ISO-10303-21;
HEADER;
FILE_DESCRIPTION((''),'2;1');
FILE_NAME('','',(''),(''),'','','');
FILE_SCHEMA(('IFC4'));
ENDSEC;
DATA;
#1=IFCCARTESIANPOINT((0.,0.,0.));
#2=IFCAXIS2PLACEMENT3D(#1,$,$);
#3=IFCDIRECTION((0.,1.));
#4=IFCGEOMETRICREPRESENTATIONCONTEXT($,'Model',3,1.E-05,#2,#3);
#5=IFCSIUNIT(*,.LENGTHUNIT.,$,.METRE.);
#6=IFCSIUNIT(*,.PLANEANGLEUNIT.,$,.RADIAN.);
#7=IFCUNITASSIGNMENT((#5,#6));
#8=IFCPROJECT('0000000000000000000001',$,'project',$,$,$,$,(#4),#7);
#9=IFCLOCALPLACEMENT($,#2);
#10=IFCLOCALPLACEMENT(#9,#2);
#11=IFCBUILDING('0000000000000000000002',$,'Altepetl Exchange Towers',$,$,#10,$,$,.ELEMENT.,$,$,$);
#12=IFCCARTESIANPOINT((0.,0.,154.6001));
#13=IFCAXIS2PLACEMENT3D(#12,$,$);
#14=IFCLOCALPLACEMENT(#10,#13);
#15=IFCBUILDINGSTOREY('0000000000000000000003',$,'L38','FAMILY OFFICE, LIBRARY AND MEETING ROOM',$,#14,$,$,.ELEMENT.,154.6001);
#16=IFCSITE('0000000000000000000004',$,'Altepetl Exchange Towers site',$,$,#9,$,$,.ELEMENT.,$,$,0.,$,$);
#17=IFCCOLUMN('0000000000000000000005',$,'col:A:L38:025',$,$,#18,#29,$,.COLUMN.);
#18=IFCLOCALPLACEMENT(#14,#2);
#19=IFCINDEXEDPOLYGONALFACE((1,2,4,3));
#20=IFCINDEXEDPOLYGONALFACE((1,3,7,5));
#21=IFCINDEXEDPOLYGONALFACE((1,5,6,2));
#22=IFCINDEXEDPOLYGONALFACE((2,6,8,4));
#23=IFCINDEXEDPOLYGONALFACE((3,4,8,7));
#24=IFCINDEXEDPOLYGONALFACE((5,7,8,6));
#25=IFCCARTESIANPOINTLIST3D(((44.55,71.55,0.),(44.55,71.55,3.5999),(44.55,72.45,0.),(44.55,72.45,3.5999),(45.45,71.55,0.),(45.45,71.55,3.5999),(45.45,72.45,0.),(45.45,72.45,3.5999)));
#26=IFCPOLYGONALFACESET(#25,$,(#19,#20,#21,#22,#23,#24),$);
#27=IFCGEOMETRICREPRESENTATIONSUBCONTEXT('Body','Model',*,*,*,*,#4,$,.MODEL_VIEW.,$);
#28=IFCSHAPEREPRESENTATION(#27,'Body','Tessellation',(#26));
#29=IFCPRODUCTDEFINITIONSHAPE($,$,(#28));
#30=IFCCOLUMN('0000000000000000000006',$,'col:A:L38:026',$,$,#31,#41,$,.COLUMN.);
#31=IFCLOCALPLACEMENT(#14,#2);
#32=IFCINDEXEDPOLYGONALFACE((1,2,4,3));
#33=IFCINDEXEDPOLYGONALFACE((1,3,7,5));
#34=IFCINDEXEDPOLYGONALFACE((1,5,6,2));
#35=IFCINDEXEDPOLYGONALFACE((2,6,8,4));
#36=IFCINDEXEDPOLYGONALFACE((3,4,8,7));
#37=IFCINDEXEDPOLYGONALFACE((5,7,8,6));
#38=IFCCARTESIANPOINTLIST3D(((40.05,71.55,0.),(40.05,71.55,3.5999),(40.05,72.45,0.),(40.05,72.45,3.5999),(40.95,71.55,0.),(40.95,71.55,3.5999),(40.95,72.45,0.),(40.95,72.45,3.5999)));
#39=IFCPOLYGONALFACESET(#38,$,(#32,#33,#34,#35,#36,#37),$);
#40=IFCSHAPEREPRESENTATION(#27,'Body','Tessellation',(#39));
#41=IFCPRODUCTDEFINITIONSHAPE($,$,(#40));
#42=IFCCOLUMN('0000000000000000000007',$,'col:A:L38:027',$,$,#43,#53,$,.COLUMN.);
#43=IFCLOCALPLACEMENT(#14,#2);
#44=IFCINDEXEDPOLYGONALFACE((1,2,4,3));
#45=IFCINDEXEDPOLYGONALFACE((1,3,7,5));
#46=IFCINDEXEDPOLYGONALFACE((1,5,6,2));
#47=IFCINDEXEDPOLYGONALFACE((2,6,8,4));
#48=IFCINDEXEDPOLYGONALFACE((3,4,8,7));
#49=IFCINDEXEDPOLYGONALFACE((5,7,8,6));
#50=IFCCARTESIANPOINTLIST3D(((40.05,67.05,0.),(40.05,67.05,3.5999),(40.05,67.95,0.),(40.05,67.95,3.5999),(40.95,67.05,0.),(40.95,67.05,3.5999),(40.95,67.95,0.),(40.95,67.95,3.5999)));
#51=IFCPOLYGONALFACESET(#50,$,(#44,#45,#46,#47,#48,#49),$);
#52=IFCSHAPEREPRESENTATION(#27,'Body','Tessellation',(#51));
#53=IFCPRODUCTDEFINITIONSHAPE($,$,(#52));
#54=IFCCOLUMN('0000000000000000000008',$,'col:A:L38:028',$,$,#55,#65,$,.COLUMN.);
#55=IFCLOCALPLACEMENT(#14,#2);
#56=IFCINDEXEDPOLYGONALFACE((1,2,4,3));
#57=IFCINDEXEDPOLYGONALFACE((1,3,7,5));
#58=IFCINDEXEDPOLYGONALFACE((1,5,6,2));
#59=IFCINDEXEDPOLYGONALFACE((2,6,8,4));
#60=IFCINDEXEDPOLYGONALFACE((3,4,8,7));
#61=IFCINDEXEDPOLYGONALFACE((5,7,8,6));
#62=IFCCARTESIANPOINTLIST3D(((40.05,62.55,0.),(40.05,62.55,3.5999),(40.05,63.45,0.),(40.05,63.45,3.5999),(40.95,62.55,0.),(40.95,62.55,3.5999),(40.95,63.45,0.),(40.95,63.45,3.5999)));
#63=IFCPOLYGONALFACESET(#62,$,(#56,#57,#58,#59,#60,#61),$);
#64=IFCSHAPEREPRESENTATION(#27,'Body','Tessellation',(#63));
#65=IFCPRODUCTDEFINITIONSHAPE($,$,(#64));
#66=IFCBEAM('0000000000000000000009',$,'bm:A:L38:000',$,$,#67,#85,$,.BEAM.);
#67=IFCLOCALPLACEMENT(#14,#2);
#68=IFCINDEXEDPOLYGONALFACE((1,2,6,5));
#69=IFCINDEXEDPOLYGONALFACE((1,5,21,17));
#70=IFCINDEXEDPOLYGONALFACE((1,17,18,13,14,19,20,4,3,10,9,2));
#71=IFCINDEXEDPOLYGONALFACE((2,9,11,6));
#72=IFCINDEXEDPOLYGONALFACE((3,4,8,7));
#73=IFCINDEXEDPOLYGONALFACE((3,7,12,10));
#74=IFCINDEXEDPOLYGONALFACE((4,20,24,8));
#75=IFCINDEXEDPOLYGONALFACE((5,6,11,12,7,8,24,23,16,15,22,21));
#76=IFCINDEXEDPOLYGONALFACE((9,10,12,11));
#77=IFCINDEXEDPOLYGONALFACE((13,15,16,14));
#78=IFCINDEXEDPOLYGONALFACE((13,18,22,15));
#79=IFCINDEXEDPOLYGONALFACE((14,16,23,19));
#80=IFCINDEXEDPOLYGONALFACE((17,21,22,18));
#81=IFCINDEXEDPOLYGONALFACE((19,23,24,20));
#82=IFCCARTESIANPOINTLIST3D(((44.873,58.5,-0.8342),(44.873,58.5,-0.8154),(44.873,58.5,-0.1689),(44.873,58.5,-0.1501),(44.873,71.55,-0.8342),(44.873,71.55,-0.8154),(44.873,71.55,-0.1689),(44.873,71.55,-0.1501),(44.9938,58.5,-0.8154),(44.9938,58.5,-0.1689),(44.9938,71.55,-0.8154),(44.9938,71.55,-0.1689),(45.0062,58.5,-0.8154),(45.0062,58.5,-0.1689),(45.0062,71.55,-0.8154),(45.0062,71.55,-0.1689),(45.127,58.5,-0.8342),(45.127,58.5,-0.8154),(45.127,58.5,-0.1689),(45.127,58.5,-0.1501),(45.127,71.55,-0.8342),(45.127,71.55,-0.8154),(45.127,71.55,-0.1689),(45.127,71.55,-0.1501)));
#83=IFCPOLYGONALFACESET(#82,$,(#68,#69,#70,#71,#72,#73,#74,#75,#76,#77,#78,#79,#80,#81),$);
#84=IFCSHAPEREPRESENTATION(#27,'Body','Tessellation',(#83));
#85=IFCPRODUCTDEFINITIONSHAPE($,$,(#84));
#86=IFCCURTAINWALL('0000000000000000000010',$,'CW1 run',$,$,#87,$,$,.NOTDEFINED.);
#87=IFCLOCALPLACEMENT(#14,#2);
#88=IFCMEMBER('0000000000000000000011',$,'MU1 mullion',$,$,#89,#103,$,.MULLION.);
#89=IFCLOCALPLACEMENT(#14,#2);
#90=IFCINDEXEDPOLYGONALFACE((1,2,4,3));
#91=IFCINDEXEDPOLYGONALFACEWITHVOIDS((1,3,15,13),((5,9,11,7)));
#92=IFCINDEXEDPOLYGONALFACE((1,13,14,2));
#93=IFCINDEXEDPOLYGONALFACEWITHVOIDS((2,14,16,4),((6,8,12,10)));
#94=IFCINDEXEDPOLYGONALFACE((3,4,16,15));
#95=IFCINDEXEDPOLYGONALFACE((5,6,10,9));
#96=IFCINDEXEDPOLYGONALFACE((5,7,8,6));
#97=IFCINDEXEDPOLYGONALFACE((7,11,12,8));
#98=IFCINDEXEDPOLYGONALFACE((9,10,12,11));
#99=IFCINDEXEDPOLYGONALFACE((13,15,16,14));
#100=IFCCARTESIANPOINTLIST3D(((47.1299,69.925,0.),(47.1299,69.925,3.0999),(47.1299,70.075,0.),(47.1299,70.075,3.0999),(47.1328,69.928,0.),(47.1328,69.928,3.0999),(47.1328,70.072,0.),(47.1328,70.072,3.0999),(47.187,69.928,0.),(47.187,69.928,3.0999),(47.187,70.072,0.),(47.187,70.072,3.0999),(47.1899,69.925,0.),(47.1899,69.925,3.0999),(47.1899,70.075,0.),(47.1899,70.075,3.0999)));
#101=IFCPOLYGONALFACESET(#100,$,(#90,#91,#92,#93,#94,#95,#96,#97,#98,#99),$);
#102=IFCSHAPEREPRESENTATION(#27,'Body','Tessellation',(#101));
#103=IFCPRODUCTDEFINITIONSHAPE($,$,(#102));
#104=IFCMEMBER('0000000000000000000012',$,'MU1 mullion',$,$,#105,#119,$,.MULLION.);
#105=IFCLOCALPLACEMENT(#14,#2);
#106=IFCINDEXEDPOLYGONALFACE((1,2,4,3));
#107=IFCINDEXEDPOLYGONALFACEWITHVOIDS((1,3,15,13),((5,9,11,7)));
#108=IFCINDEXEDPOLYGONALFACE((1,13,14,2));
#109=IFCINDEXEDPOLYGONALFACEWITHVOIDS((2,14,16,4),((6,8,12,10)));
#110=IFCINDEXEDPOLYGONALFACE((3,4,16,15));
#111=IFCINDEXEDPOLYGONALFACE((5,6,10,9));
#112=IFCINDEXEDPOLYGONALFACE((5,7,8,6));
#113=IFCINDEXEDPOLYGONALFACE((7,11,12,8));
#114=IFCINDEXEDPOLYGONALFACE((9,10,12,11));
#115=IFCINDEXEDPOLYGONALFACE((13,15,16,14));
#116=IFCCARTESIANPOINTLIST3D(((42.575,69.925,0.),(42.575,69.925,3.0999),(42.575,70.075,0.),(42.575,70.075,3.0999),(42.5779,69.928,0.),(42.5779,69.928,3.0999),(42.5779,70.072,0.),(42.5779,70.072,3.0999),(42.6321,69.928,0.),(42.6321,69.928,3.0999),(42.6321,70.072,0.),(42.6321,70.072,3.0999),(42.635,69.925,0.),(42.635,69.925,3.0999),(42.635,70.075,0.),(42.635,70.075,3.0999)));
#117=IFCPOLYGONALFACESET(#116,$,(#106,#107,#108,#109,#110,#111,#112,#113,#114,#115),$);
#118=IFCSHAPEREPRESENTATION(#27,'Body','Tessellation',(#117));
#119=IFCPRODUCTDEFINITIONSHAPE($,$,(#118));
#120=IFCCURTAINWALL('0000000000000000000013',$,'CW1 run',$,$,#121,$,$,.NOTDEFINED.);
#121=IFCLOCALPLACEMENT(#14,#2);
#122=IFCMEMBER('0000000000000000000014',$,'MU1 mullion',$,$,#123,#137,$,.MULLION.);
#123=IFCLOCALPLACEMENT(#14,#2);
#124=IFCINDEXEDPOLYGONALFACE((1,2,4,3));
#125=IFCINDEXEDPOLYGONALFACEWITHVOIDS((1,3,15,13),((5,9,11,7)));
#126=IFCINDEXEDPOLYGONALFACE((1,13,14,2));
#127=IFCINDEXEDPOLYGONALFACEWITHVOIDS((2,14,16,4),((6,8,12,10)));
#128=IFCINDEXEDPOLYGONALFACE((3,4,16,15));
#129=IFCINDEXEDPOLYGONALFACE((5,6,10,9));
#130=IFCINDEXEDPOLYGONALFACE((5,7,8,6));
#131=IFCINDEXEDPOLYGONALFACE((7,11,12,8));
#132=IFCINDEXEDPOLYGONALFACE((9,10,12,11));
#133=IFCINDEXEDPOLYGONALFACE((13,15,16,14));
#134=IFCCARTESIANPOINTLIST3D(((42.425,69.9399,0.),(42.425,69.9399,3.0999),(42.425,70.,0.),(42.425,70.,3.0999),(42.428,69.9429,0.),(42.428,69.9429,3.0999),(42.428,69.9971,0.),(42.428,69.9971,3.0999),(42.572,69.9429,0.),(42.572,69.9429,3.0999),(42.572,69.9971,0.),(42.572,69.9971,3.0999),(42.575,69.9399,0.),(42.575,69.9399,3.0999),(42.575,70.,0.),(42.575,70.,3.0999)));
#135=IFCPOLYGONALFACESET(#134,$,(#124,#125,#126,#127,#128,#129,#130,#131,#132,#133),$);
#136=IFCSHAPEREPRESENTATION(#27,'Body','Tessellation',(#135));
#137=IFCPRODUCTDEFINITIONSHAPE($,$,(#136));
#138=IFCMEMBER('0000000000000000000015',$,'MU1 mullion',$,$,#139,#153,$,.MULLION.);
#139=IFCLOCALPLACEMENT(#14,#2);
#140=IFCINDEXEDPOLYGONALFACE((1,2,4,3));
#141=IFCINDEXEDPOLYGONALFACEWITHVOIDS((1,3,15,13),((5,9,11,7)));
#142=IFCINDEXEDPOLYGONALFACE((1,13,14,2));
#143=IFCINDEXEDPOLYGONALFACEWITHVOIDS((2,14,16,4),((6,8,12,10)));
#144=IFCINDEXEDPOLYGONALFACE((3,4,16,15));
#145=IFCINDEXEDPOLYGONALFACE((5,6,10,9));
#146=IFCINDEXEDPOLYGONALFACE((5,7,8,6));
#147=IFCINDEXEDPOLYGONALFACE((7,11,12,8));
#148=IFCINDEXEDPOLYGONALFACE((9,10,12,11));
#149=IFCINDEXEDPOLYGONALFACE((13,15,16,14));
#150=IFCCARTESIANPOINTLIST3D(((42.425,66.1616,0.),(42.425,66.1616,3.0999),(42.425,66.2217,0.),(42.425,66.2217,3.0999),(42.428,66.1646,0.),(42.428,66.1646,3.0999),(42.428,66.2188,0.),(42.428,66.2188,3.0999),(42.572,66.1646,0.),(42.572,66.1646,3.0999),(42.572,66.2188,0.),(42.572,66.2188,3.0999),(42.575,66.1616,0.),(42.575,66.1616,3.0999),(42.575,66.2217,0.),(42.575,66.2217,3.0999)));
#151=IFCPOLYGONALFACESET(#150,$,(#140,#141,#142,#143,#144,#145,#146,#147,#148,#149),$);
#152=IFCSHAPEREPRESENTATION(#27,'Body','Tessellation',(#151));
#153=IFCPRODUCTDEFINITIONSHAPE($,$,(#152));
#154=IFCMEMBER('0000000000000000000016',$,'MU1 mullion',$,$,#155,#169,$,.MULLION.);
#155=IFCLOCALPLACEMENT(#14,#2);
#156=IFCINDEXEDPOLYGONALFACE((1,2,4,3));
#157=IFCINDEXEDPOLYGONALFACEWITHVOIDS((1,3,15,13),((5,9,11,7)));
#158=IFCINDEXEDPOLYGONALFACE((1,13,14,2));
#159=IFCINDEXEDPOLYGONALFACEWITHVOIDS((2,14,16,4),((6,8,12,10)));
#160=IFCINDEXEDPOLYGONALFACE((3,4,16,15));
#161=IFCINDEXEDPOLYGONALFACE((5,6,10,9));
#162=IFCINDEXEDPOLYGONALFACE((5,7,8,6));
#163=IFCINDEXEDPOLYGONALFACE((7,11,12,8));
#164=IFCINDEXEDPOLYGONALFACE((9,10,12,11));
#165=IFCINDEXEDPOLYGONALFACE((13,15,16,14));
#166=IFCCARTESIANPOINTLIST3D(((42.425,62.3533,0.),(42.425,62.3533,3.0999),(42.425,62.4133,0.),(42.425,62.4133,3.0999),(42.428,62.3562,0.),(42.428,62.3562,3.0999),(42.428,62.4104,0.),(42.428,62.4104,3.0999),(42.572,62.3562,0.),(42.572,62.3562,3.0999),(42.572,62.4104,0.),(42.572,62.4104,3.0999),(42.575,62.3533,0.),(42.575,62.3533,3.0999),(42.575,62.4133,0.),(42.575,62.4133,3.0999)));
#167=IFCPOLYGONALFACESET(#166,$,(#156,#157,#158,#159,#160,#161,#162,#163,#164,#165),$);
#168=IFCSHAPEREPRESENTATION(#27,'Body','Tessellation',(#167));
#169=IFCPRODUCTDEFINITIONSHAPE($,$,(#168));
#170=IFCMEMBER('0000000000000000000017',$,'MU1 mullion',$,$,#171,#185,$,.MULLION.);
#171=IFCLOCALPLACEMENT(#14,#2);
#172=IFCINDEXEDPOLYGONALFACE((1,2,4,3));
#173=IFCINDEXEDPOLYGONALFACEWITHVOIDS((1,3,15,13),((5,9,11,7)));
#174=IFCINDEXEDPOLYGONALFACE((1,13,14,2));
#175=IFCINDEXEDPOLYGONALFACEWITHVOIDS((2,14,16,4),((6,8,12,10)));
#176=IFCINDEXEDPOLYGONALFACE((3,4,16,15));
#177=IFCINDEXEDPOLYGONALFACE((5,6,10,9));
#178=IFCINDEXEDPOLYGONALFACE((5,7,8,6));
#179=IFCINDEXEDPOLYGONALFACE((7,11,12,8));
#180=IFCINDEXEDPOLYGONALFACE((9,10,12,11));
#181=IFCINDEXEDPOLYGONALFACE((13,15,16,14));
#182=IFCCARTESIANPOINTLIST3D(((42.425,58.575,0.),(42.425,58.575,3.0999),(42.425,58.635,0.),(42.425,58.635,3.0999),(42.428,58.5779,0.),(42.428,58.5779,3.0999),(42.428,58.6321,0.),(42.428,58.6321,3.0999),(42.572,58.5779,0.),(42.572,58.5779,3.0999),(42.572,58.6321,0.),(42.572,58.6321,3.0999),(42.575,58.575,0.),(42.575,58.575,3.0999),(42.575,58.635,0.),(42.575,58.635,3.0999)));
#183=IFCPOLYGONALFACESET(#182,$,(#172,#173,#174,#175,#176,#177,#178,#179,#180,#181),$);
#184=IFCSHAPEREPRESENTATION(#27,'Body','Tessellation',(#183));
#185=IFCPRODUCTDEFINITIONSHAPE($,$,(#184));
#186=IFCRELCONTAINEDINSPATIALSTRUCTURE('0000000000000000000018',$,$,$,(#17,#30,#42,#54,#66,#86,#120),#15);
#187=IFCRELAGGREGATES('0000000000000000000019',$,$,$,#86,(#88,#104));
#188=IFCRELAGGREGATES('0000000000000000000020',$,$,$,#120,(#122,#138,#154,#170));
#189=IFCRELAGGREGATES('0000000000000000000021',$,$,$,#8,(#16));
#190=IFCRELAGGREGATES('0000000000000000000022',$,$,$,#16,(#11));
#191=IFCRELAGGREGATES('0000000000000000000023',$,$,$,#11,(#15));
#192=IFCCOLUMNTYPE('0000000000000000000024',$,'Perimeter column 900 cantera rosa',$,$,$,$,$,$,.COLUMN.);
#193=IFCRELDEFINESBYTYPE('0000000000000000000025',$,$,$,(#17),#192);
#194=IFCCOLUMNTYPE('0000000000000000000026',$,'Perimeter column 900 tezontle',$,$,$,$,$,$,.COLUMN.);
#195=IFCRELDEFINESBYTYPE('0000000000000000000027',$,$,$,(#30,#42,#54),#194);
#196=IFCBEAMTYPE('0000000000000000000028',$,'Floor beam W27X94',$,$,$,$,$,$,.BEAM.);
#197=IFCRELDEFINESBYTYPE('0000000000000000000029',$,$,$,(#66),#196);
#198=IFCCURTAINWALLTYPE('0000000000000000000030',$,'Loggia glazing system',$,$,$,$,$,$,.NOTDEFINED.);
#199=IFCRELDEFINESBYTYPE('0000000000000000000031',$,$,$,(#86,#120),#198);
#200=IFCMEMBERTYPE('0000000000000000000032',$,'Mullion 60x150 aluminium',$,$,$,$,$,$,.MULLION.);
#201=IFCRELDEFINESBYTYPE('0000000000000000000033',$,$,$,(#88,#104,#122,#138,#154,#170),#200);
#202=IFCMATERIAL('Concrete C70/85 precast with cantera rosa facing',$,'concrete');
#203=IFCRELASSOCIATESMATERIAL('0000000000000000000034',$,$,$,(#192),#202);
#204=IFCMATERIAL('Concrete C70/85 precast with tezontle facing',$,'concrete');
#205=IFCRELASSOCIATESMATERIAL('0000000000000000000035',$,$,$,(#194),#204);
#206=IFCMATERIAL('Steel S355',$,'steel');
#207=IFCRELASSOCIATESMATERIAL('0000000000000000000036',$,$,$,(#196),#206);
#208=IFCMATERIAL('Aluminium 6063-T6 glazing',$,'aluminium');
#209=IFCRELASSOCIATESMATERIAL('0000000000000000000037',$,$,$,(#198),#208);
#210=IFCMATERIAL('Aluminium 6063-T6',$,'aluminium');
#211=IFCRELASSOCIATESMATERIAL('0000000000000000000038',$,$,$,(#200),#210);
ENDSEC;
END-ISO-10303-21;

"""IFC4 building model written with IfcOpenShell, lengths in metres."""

from ifc_helpers import new_model, si_unit, direction, frame, origin, origin_2d, place, context, subcontext, project, spatial, rectangle, hollow_rectangle, i_section, extrude, material, material_profile, profile_set, type_object, element, aggregate, save


model = new_model("IFC4")

# Units and contexts
model_context = context("Model", 3, precision=1e-05, world=origin(), true_north=direction((0.0, 1.0)))
body_context = subcontext(model_context, "Body", "Model", "MODEL_VIEW")
ifc_project = project(units=[si_unit("LENGTHUNIT", "METRE"), si_unit("PLANEANGLEUNIT", "RADIAN")], contexts=[model_context])

# Site, building, storey
site_placement = place(None, origin())
site = spatial("IfcSite", under=ifc_project, at=site_placement, Name="Altepetl Exchange Towers site", CompositionType="ELEMENT", RefElevation=0.0)
building_placement = place(site_placement, origin())
building = spatial("IfcBuilding", under=site, at=building_placement, Name="Altepetl Exchange Towers", CompositionType="ELEMENT")
storey_placement = place(building_placement, frame((0.0, 0.0, 154.6001)))
storey = spatial("IfcBuildingStorey", under=building, at=storey_placement, Name="L38", Description="FAMILY OFFICE, LIBRARY AND MEETING ROOM", CompositionType="ELEMENT", Elevation=154.6001)

# Columns
ifc_material_1 = material(Name="Concrete C70/85 precast with cantera rosa facing", Category="concrete")
ifc_material_profile_1 = material_profile(ifc_material_1, rectangle(XDim=0.8999, YDim=0.8999, at=origin_2d()), Name="900 x 900")
ifc_profile_set_1 = profile_set([ifc_material_profile_1], Name="Concrete C70/85 precast with cantera rosa facing")
column_type_1 = type_object("IfcColumnType", Name="Perimeter column 900 cantera rosa", PredefinedType="COLUMN", material=ifc_profile_set_1)
column_placement = place(storey_placement, frame((45.0, 72.0, 0.0)))
element("IfcColumn", 1, at=column_placement, inside=storey, type_object=column_type_1, Name="col:A:L38:025", PredefinedType="COLUMN", context=body_context, shape_type="SweptSolid", body=[
    extrude(rectangle(XDim=0.8999, YDim=0.8999, at=origin_2d()), origin(), (0.0, 0.0, 1.0), 3.5999),
])
ifc_material_2 = material(Name="Concrete C70/85 precast with tezontle facing", Category="concrete")
ifc_material_profile_2 = material_profile(ifc_material_2, rectangle(XDim=0.8999, YDim=0.8999, at=origin_2d()), Name="900 x 900")
ifc_profile_set_2 = profile_set([ifc_material_profile_2], Name="Concrete C70/85 precast with tezontle facing")
column_type_2 = type_object("IfcColumnType", Name="Perimeter column 900 tezontle", PredefinedType="COLUMN", material=ifc_profile_set_2)
for number, where, name in (
    (2, (40.5, 72.0, 0.0), "col:A:L38:026"),
    (3, (40.5, 67.5, 0.0), "col:A:L38:027"),
    (4, (40.5, 63.0, 0.0), "col:A:L38:028"),
):
    element("IfcColumn", number, at=place(storey_placement, frame(where)), inside=storey, type_object=column_type_2, Name=name, PredefinedType="COLUMN", context=body_context, shape_type="SweptSolid", body=[
        extrude(rectangle(XDim=0.8999, YDim=0.8999, at=origin_2d()), origin(), (0.0, 0.0, 1.0), 3.5999),
    ])

# Beam
ifc_material_3 = material(Name="Steel S355", Category="steel")
ifc_material_profile_3 = material_profile(ifc_material_3, i_section(OverallWidth=0.2539, OverallDepth=0.6841, WebThickness=0.0125, FlangeThickness=0.0188, at=origin_2d()), Name="W27X94")
ifc_profile_set_3 = profile_set([ifc_material_profile_3], Name="Steel S355")
beam_type_1 = type_object("IfcBeamType", Name="Floor beam W27X94", PredefinedType="BEAM", material=ifc_profile_set_3)
beam_1_placement = place(storey_placement, frame((45.0, 58.5, -0.4922), z_axis=(0.0, 1.0, 0.0), x_axis=(-1.0, 0.0, 0.0)))
element("IfcBeam", 5, at=beam_1_placement, inside=storey, type_object=beam_type_1, Name="bm:A:L38:000", PredefinedType="BEAM", context=body_context, shape_type="SweptSolid", body=[
    extrude(i_section(OverallWidth=0.2539, OverallDepth=0.6841, WebThickness=0.0125, FlangeThickness=0.0188, at=origin_2d()), origin(), (0.0, 0.0, 1.0), 13.05),
])

# Curtain walls, members
ifc_material_4 = material(Name="Aluminium 6063-T6 glazing", Category="aluminium")
curtain_wall_type = type_object("IfcCurtainWallType", Name="Loggia glazing system", PredefinedType="NOTDEFINED", material=ifc_material_4)
curtain_wall_1_placement = place(storey_placement, origin())
curtain_wall_1 = element("IfcCurtainWall", 6, at=curtain_wall_1_placement, inside=storey, type_object=curtain_wall_type, Name="CW1 run", PredefinedType="NOTDEFINED")
ifc_material_5 = material(Name="Aluminium 6063-T6", Category="aluminium")
ifc_material_profile_4 = material_profile(ifc_material_5, hollow_rectangle(XDim=0.0601, YDim=0.1499, WallThickness=0.0029, at=origin_2d()), Name="Mullion 60x150 aluminium")
ifc_profile_set_4 = profile_set([ifc_material_profile_4], Name="Aluminium 6063-T6")
member_type = type_object("IfcMemberType", Name="Mullion 60x150 aluminium", PredefinedType="MULLION", material=ifc_profile_set_4)
member_1_placement = place(storey_placement, frame((47.1599, 70.0, 0.0), z_axis=(0.0, 0.0, 1.0), x_axis=(-1.0, 0.0, 0.0)))
member_1 = element("IfcMember", 7, at=member_1_placement, type_object=member_type, Name="MU1 mullion", PredefinedType="MULLION", context=body_context, shape_type="SweptSolid", body=[
    extrude(hollow_rectangle(XDim=0.0601, YDim=0.1499, WallThickness=0.0029, at=origin_2d()), origin(), (0.0, 0.0, 1.0), 3.0999),
])
member_2_placement = place(storey_placement, frame((42.605, 70.0, 0.0), z_axis=(0.0, 0.0, 1.0), x_axis=(-1.0, 0.0, 0.0)))
member_2 = element("IfcMember", 8, at=member_2_placement, type_object=member_type, Name="MU1 mullion", PredefinedType="MULLION", context=body_context, shape_type="SweptSolid", body=[
    extrude(hollow_rectangle(XDim=0.0601, YDim=0.1499, WallThickness=0.0029, at=origin_2d()), origin(), (0.0, 0.0, 1.0), 3.0999),
])
curtain_wall_2_placement = place(storey_placement, origin())
curtain_wall_2 = element("IfcCurtainWall", 9, at=curtain_wall_2_placement, inside=storey, type_object=curtain_wall_type, Name="CW1 run", PredefinedType="NOTDEFINED")
member_3_placement = place(storey_placement, frame((42.5, 69.97, 0.0), z_axis=(0.0, 0.0, 1.0), x_axis=(0.0, -1.0, 0.0)))
member_3 = element("IfcMember", 10, at=member_3_placement, type_object=member_type, Name="MU1 mullion", PredefinedType="MULLION", context=body_context, shape_type="SweptSolid", body=[
    extrude(hollow_rectangle(XDim=0.0601, YDim=0.1499, WallThickness=0.0029, at=origin_2d()), origin(), (0.0, 0.0, 1.0), 3.0999),
])
member_4_placement = place(storey_placement, frame((42.5, 66.1917, 0.0), z_axis=(0.0, 0.0, 1.0), x_axis=(0.0, -1.0, 0.0)))
member_4 = element("IfcMember", 11, at=member_4_placement, type_object=member_type, Name="MU1 mullion", PredefinedType="MULLION", context=body_context, shape_type="SweptSolid", body=[
    extrude(hollow_rectangle(XDim=0.0601, YDim=0.1499, WallThickness=0.0029, at=origin_2d()), origin(), (0.0, 0.0, 1.0), 3.0999),
])
member_5_placement = place(storey_placement, frame((42.5, 62.3833, 0.0), z_axis=(0.0, 0.0, 1.0), x_axis=(0.0, -1.0, 0.0)))
member_5 = element("IfcMember", 12, at=member_5_placement, type_object=member_type, Name="MU1 mullion", PredefinedType="MULLION", context=body_context, shape_type="SweptSolid", body=[
    extrude(hollow_rectangle(XDim=0.0601, YDim=0.1499, WallThickness=0.0029, at=origin_2d()), origin(), (0.0, 0.0, 1.0), 3.0999),
])
member_6_placement = place(storey_placement, frame((42.5, 58.605, 0.0), z_axis=(0.0, 0.0, 1.0), x_axis=(0.0, -1.0, 0.0)))
member_6 = element("IfcMember", 13, at=member_6_placement, type_object=member_type, Name="MU1 mullion", PredefinedType="MULLION", context=body_context, shape_type="SweptSolid", body=[
    extrude(hollow_rectangle(XDim=0.0601, YDim=0.1499, WallThickness=0.0029, at=origin_2d()), origin(), (0.0, 0.0, 1.0), 3.0999),
])

aggregate(curtain_wall_1, [member_1, member_2])
aggregate(curtain_wall_2, [member_3, member_4, member_5, member_6])

save(model, "model.ifc")
